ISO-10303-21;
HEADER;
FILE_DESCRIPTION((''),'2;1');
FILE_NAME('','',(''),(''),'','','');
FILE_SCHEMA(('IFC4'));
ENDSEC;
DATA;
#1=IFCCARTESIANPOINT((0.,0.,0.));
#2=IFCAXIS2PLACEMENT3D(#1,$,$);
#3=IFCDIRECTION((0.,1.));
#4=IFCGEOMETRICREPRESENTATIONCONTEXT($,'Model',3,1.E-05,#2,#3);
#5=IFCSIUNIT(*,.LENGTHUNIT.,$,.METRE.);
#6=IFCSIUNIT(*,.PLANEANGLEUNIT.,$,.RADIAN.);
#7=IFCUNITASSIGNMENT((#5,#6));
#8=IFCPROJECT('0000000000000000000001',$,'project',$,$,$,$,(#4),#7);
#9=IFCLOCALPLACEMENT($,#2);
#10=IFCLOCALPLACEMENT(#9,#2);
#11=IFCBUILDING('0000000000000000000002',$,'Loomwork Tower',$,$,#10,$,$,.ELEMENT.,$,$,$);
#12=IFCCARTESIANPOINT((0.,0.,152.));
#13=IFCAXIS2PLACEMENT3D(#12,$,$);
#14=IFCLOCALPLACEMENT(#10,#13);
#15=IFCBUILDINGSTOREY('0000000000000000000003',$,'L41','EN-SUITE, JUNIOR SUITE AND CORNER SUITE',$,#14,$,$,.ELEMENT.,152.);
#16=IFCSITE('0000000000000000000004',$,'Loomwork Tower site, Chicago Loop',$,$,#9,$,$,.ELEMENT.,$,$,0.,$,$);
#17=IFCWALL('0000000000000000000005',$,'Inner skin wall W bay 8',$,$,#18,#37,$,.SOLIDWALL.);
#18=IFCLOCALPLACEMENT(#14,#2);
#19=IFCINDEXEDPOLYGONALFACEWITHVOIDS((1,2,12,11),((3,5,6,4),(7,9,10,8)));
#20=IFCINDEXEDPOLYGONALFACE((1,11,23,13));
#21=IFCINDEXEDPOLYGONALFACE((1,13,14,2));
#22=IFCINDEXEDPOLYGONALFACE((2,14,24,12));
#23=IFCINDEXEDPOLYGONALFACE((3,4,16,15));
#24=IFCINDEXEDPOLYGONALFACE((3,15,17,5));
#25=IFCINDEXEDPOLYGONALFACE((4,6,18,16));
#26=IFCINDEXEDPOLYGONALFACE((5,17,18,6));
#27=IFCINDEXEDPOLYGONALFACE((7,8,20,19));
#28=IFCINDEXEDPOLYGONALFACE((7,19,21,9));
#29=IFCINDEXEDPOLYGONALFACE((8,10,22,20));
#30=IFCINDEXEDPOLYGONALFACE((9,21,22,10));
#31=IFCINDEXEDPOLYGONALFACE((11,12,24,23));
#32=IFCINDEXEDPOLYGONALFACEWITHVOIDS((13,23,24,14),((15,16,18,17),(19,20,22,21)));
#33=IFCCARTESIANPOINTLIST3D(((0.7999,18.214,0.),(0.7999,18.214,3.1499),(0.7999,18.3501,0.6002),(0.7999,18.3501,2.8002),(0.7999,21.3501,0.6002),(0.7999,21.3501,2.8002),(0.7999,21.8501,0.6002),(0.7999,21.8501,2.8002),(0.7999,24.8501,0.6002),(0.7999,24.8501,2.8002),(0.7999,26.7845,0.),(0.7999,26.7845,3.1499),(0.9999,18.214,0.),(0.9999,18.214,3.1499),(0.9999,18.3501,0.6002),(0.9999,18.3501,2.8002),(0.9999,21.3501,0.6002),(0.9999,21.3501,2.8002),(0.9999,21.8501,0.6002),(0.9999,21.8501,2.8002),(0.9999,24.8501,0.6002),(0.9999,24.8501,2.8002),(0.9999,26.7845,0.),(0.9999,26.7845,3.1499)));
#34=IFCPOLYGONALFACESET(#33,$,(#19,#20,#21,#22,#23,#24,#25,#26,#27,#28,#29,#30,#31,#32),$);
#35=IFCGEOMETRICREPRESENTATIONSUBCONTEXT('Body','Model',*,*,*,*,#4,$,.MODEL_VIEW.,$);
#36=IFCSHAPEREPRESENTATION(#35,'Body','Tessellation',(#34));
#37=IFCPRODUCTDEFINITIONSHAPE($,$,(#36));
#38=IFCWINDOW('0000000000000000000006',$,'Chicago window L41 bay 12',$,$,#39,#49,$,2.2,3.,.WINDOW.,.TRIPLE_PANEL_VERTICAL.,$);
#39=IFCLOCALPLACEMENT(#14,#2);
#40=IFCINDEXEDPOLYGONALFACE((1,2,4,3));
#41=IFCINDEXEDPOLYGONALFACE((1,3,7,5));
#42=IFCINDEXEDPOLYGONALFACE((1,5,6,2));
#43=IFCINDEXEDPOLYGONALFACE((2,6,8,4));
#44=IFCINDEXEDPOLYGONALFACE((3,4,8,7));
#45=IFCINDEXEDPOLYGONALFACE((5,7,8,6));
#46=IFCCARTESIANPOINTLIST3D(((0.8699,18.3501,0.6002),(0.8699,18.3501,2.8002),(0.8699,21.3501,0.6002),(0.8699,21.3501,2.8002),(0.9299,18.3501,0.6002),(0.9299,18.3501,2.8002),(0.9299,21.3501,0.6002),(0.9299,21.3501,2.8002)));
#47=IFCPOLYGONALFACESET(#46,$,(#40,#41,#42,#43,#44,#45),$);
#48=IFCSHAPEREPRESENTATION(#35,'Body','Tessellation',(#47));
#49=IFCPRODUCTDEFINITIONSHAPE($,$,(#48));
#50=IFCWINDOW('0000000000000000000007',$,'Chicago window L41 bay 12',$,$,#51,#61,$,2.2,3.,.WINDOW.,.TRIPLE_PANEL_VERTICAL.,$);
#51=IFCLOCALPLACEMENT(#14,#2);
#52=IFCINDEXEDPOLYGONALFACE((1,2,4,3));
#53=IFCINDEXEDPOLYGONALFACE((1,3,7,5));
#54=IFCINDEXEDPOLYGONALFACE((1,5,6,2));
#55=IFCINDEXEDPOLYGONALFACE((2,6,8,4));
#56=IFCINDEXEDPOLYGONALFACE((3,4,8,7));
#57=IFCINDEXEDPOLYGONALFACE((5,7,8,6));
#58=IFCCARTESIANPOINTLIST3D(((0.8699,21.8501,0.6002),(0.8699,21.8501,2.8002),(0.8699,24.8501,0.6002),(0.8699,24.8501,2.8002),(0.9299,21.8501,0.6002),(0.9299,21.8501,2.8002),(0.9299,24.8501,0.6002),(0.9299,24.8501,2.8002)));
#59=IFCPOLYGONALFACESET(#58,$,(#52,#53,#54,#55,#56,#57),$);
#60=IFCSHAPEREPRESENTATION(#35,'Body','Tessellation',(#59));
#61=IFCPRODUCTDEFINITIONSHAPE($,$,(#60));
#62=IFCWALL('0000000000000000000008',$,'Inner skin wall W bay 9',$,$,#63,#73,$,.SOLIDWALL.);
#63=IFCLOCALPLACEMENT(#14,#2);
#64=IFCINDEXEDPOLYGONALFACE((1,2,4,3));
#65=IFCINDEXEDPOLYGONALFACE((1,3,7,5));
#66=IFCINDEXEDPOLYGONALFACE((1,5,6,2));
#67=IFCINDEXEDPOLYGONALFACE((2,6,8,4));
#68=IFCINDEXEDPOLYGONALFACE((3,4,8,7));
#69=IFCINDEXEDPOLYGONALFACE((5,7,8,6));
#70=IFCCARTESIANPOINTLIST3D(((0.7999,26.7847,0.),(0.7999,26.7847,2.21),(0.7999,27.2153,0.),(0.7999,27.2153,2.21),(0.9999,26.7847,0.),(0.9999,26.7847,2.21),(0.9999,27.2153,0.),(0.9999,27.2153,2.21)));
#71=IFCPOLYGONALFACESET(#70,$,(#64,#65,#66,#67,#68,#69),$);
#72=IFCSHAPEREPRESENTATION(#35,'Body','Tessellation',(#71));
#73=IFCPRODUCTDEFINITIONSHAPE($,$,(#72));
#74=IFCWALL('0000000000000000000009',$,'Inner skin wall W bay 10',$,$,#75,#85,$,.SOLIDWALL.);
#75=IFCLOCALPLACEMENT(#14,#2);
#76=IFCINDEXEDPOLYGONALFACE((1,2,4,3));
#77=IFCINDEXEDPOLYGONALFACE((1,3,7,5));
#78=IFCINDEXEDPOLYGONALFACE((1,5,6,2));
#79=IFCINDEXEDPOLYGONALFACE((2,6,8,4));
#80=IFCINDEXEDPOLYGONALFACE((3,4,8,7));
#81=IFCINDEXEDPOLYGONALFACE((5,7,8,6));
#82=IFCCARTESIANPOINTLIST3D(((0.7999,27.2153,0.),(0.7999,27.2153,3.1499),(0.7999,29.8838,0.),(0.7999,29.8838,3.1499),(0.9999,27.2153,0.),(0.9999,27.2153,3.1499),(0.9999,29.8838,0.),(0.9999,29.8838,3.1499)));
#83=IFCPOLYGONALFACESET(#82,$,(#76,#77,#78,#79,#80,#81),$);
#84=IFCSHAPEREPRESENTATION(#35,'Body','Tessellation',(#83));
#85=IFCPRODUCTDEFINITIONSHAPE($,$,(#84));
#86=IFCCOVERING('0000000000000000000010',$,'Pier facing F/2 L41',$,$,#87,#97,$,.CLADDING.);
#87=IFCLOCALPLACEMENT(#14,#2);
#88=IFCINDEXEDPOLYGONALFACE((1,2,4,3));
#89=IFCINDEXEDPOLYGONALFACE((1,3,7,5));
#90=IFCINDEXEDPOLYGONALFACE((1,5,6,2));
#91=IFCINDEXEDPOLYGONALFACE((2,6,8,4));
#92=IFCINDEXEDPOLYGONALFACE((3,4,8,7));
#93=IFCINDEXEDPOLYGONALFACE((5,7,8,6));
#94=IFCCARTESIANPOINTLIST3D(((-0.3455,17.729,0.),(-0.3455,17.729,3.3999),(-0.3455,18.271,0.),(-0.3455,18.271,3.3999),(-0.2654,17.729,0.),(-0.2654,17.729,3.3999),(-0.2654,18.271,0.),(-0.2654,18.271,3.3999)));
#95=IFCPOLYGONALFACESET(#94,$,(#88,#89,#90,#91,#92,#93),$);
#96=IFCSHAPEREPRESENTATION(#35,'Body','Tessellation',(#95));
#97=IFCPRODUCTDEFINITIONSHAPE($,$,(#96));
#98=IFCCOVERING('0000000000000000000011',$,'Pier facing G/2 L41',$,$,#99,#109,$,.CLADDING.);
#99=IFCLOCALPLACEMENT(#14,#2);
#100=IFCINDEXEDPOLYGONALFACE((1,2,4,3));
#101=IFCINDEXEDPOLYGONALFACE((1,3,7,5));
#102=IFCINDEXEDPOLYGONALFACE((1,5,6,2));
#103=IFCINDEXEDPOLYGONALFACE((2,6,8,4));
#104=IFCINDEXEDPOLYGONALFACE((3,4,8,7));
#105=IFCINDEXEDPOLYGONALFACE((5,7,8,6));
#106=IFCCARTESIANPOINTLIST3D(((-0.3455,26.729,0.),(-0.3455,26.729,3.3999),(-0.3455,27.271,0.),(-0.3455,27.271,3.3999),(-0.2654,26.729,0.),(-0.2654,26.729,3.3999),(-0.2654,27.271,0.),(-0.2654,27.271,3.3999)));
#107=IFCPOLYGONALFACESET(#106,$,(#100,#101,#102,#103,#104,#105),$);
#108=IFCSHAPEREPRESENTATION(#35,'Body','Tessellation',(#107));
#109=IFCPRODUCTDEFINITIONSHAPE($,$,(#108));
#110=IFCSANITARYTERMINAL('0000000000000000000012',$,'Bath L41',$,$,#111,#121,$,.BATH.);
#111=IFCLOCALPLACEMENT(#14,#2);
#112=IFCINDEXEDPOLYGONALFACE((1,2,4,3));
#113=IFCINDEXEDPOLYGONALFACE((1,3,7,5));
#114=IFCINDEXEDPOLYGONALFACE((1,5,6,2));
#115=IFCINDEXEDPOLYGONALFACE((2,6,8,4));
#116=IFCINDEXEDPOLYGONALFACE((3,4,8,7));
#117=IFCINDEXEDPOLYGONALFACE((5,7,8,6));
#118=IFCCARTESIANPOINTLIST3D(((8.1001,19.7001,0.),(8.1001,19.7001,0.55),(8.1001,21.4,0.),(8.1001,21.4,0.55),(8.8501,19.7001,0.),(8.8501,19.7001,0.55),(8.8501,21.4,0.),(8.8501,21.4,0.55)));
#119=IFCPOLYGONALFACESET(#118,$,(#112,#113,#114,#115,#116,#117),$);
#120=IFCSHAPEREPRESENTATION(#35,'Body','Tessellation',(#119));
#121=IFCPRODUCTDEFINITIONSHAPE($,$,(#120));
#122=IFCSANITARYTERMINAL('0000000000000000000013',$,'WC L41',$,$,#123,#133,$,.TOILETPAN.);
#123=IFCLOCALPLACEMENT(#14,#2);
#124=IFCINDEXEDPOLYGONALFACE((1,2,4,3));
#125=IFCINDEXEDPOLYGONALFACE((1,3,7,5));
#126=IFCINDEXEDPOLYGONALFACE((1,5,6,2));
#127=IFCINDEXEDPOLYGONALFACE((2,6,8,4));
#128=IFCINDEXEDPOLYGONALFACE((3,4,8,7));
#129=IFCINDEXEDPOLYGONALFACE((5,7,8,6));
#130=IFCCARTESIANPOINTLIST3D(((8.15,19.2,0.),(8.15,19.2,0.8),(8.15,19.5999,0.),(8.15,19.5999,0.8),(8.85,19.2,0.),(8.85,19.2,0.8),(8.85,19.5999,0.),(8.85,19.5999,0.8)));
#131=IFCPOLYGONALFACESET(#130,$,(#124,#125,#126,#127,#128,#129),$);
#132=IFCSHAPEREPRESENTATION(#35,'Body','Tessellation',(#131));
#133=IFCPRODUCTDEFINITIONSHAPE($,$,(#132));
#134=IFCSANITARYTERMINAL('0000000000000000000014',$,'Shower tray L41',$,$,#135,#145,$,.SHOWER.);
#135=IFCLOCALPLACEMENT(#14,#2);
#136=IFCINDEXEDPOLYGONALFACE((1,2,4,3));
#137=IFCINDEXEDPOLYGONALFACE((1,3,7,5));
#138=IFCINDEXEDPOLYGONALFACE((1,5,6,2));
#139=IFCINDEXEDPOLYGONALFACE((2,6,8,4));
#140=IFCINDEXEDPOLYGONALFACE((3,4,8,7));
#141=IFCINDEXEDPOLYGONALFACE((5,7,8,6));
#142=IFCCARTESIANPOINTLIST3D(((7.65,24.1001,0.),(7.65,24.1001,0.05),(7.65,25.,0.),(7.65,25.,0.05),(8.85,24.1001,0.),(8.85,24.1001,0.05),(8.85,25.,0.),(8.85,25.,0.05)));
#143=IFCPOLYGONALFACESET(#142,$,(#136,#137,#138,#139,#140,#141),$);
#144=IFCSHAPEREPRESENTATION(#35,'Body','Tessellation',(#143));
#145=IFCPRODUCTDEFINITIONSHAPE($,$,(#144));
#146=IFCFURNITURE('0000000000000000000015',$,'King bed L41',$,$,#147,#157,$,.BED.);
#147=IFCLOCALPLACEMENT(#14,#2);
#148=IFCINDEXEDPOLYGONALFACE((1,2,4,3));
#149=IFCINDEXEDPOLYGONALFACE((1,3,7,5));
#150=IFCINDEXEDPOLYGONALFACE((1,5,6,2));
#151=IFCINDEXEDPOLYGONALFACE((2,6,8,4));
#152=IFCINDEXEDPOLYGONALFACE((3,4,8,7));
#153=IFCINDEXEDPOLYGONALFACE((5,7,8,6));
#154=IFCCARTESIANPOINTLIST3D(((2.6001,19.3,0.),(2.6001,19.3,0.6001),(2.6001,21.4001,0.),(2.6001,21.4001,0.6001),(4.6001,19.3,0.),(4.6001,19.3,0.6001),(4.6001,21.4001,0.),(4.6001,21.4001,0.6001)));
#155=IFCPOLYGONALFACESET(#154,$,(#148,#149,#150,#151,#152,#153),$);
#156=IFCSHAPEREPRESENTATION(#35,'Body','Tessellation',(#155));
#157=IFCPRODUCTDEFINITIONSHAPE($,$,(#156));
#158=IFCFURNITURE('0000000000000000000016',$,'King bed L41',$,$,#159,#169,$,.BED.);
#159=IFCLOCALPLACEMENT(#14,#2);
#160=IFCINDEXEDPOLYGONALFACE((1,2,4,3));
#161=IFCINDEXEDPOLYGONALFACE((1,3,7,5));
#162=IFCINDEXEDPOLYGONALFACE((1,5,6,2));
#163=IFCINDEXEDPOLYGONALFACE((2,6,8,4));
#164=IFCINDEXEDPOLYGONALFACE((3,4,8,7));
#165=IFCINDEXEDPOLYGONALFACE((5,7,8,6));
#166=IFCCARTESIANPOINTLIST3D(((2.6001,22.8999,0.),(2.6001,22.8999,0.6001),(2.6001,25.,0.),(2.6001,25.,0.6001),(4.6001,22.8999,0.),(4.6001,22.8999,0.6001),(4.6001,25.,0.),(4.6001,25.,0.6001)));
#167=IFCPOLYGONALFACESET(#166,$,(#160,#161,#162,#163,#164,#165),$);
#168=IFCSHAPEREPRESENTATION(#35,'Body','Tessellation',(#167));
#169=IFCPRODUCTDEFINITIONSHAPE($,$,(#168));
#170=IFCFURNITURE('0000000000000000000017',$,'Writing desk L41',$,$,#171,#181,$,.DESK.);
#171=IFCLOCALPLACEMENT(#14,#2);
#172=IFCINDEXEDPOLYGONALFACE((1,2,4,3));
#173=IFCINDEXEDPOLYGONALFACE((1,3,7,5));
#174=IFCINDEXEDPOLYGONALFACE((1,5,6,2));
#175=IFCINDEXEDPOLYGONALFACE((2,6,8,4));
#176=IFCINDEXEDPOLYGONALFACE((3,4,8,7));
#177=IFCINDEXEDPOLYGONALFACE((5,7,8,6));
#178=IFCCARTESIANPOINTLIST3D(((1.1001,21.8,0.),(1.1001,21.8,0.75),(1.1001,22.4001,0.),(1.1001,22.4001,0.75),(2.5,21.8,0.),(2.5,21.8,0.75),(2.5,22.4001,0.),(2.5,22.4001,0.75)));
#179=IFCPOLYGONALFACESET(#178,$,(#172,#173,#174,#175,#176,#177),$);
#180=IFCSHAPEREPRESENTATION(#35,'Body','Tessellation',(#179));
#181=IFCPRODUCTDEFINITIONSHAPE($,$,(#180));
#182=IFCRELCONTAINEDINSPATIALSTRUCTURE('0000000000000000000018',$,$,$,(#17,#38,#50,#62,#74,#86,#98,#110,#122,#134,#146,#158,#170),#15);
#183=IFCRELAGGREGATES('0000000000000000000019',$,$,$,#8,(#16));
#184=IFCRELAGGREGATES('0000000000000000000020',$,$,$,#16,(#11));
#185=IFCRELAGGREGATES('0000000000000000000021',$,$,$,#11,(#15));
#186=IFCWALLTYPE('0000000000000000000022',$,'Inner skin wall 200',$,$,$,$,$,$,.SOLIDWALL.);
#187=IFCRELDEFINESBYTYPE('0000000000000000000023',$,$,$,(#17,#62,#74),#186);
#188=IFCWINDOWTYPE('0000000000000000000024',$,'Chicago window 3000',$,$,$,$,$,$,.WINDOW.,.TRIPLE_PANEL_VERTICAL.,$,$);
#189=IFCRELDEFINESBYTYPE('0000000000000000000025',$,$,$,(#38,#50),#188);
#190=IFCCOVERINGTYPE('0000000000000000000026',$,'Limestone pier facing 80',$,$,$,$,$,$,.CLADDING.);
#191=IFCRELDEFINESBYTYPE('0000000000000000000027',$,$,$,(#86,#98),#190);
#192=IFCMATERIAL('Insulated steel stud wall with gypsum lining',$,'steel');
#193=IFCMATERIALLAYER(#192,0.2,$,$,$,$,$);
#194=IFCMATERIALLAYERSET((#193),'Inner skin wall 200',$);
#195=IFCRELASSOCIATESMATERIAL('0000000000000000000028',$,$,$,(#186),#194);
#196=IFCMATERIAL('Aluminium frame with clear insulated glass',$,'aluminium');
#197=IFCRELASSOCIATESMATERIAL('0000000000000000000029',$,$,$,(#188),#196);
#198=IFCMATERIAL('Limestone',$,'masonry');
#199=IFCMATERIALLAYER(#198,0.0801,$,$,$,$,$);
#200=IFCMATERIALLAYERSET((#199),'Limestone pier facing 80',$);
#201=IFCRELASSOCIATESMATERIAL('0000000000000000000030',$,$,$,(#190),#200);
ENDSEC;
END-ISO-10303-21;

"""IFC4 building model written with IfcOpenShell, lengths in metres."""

from ifc_helpers import new_model, si_unit, direction, frame, frame_2d, origin, origin_2d, place, context, subcontext, project, spatial, rectangle, extrude, material, layer, layer_set, type_object, element, fill, save


model = new_model("IFC4")

# Units and contexts
model_context = context("Model", 3, precision=1e-05, world=origin(), true_north=direction((0.0, 1.0)))
body_context = subcontext(model_context, "Body", "Model", "MODEL_VIEW")
ifc_project = project(units=[si_unit("LENGTHUNIT", "METRE"), si_unit("PLANEANGLEUNIT", "RADIAN")], contexts=[model_context])

# Site, building, storey
site_placement = place(None, origin())
site = spatial("IfcSite", under=ifc_project, at=site_placement, Name="Loomwork Tower site, Chicago Loop", CompositionType="ELEMENT", RefElevation=0.0)
building_placement = place(site_placement, origin())
building = spatial("IfcBuilding", under=site, at=building_placement, Name="Loomwork Tower", CompositionType="ELEMENT")
storey_placement = place(building_placement, frame((0.0, 0.0, 152.0)))
storey = spatial("IfcBuildingStorey", under=building, at=storey_placement, Name="L41", Description="EN-SUITE, JUNIOR SUITE AND CORNER SUITE", CompositionType="ELEMENT", Elevation=152.0)

# Shared definitions
ifc_material_1 = material(Name="Insulated steel stud wall with gypsum lining", Category="steel")
ifc_layer_1 = layer(ifc_material_1, 0.2)
ifc_layer_set_1 = layer_set([ifc_layer_1], Name="Inner skin wall 200")
wall_type_1 = type_object("IfcWallType", Name="Inner skin wall 200", PredefinedType="SOLIDWALL", material=ifc_layer_set_1)

# Wall, openings, windows
wall_1_placement = place(storey_placement, frame((0.8999, 18.2141, 0.0), z_axis=(0.0, 0.0, 1.0), x_axis=(0.0, 1.0, 0.0)))
wall_1 = element("IfcWall", 1, at=wall_1_placement, inside=storey, type_object=wall_type_1, Name="Inner skin wall W bay 8", PredefinedType="SOLIDWALL", context=body_context, shape_type="SweptSolid", body=[
    extrude(rectangle(XDim=8.5706, YDim=0.2, at=frame_2d((4.2852, 0.0))), origin(), (0.0, 0.0, 1.0), 3.1499),
])
opening_1_placement = place(wall_1_placement, frame((0.136, 0.0, 0.6001)))
opening_1 = element("IfcOpeningElement", 2, at=opening_1_placement, cuts=wall_1, PredefinedType="OPENING", context=body_context, shape_type="SweptSolid", body=[
    extrude(rectangle(XDim=3.0, YDim=2.2, at=frame_2d((1.5, 1.1001))), frame((0.0, 0.1099, 0.0), z_axis=(0.0, -1.0, 0.0), x_axis=(1.0, 0.0, 0.0)), (0.0, 0.0, 1.0), 0.22),
])
opening_2_placement = place(wall_1_placement, frame((3.636, 0.0, 0.6001)))
opening_2 = element("IfcOpeningElement", 3, at=opening_2_placement, cuts=wall_1, PredefinedType="OPENING", context=body_context, shape_type="SweptSolid", body=[
    extrude(rectangle(XDim=3.0, YDim=2.2, at=frame_2d((1.5, 1.1001))), frame((0.0, 0.1099, 0.0), z_axis=(0.0, -1.0, 0.0), x_axis=(1.0, 0.0, 0.0)), (0.0, 0.0, 1.0), 0.22),
])
ifc_material_2 = material(Name="Aluminium frame with clear insulated glass", Category="aluminium")
window_type = type_object("IfcWindowType", Name="Chicago window 3000", PartitioningType="TRIPLE_PANEL_VERTICAL", PredefinedType="WINDOW", material=ifc_material_2)
window_1_placement = place(opening_1_placement, origin())
window_1 = element("IfcWindow", 4, at=window_1_placement, inside=storey, type_object=window_type, Name="Chicago window L41 bay 12", OverallHeight=2.2, OverallWidth=3.0, PartitioningType="TRIPLE_PANEL_VERTICAL", PredefinedType="WINDOW", context=body_context, shape_type="SweptSolid", body=[
    extrude(rectangle(XDim=3.0, YDim=2.2, at=frame_2d((1.5, 1.1001))), frame((0.0, 0.03, 0.0), z_axis=(0.0, -1.0, 0.0), x_axis=(1.0, 0.0, 0.0)), (0.0, 0.0, 1.0), 0.0601),
])
fill(opening_1, window_1)
window_2_placement = place(opening_2_placement, origin())
window_2 = element("IfcWindow", 5, at=window_2_placement, inside=storey, type_object=window_type, Name="Chicago window L41 bay 12", OverallHeight=2.2, OverallWidth=3.0, PartitioningType="TRIPLE_PANEL_VERTICAL", PredefinedType="WINDOW", context=body_context, shape_type="SweptSolid", body=[
    extrude(rectangle(XDim=3.0, YDim=2.2, at=frame_2d((1.5, 1.1001))), frame((0.0, 0.03, 0.0), z_axis=(0.0, -1.0, 0.0), x_axis=(1.0, 0.0, 0.0)), (0.0, 0.0, 1.0), 0.0601),
])
fill(opening_2, window_2)

# Walls
wall_2_placement = place(storey_placement, frame((0.8999, 26.7847, 0.0), z_axis=(0.0, 0.0, 1.0), x_axis=(0.0, 1.0, 0.0)))
element("IfcWall", 6, at=wall_2_placement, inside=storey, type_object=wall_type_1, Name="Inner skin wall W bay 9", PredefinedType="SOLIDWALL", context=body_context, shape_type="SweptSolid", body=[
    extrude(rectangle(XDim=0.4307, YDim=0.2, at=frame_2d((0.2153, 0.0))), origin(), (0.0, 0.0, 1.0), 2.21),
])
wall_3_placement = place(storey_placement, frame((0.8999, 27.2153, 0.0), z_axis=(0.0, 0.0, 1.0), x_axis=(0.0, 1.0, 0.0)))
element("IfcWall", 7, at=wall_3_placement, inside=storey, type_object=wall_type_1, Name="Inner skin wall W bay 10", PredefinedType="SOLIDWALL", context=body_context, shape_type="SweptSolid", body=[
    extrude(rectangle(XDim=2.6685, YDim=0.2, at=frame_2d((1.3342, 0.0))), origin(), (0.0, 0.0, 1.0), 3.1499),
])

# Coverings
ifc_material_3 = material(Name="Limestone", Category="masonry")
ifc_layer_2 = layer(ifc_material_3, 0.0801)
ifc_layer_set_2 = layer_set([ifc_layer_2], Name="Limestone pier facing 80")
covering_type = type_object("IfcCoveringType", Name="Limestone pier facing 80", PredefinedType="CLADDING", material=ifc_layer_set_2)
for number, where, z_axis, x_axis, name in (
    (8, (-0.3054, 18.0, 0.0), (0.0, 0.0, 1.0), (1.0, 0.0, 0.0), "Pier facing F/2 L41"),
    (9, (-0.3054, 27.0, 0.0), (0.0, 0.0, 1.0), (1.0, 0.0, 0.0), "Pier facing G/2 L41"),
):
    element("IfcCovering", number, at=place(storey_placement, frame(where, z_axis=z_axis, x_axis=x_axis)), inside=storey, type_object=covering_type, Name=name, PredefinedType="CLADDING", context=body_context, shape_type="SweptSolid", body=[
        extrude(rectangle(XDim=0.0801, YDim=0.542, at=origin_2d()), origin(), (0.0, 0.0, 1.0), 3.3999),
    ])

# Sanitary terminals
sanitary_terminal_1_placement = place(storey_placement, frame((8.4751, 20.55, 0.0), z_axis=(0.0, 0.0, 1.0), x_axis=(1.0, 0.0, 0.0)))
element("IfcSanitaryTerminal", 10, at=sanitary_terminal_1_placement, inside=storey, Name="Bath L41", PredefinedType="BATH", context=body_context, shape_type="SweptSolid", body=[
    extrude(rectangle(XDim=0.75, YDim=1.7, at=origin_2d()), origin(), (0.0, 0.0, 1.0), 0.55),
])
sanitary_terminal_2_placement = place(storey_placement, frame((8.5, 19.3999, 0.0), z_axis=(0.0, 0.0, 1.0), x_axis=(1.0, 0.0, 0.0)))
element("IfcSanitaryTerminal", 11, at=sanitary_terminal_2_placement, inside=storey, Name="WC L41", PredefinedType="TOILETPAN", context=body_context, shape_type="SweptSolid", body=[
    extrude(rectangle(XDim=0.7, YDim=0.3999, at=origin_2d()), origin(), (0.0, 0.0, 1.0), 0.8),
])
sanitary_terminal_3_placement = place(storey_placement, frame((8.25, 24.55, 0.0), z_axis=(0.0, 0.0, 1.0), x_axis=(1.0, 0.0, 0.0)))
element("IfcSanitaryTerminal", 12, at=sanitary_terminal_3_placement, inside=storey, Name="Shower tray L41", PredefinedType="SHOWER", context=body_context, shape_type="SweptSolid", body=[
    extrude(rectangle(XDim=1.2, YDim=0.8999, at=origin_2d()), origin(), (0.0, 0.0, 1.0), 0.05),
])

# Furniture
for number, where, z_axis, x_axis, name in (
    (13, (3.6001, 20.3501, 0.0), (0.0, 0.0, 1.0), (1.0, 0.0, 0.0), "King bed L41"),
    (14, (3.6001, 23.95, 0.0), (0.0, 0.0, 1.0), (1.0, 0.0, 0.0), "King bed L41"),
):
    element("IfcFurniture", number, at=place(storey_placement, frame(where, z_axis=z_axis, x_axis=x_axis)), inside=storey, Name=name, PredefinedType="BED", context=body_context, shape_type="SweptSolid", body=[
        extrude(rectangle(XDim=2.0, YDim=2.1001, at=origin_2d()), origin(), (0.0, 0.0, 1.0), 0.6001),
    ])
furniture_placement = place(storey_placement, frame((1.8, 22.1001, 0.0), z_axis=(0.0, 0.0, 1.0), x_axis=(1.0, 0.0, 0.0)))
element("IfcFurniture", 15, at=furniture_placement, inside=storey, Name="Writing desk L41", PredefinedType="DESK", context=body_context, shape_type="SweptSolid", body=[
    extrude(rectangle(XDim=1.3999, YDim=0.6001, at=origin_2d()), origin(), (0.0, 0.0, 1.0), 0.75),
])

save(model, "model.ifc")
